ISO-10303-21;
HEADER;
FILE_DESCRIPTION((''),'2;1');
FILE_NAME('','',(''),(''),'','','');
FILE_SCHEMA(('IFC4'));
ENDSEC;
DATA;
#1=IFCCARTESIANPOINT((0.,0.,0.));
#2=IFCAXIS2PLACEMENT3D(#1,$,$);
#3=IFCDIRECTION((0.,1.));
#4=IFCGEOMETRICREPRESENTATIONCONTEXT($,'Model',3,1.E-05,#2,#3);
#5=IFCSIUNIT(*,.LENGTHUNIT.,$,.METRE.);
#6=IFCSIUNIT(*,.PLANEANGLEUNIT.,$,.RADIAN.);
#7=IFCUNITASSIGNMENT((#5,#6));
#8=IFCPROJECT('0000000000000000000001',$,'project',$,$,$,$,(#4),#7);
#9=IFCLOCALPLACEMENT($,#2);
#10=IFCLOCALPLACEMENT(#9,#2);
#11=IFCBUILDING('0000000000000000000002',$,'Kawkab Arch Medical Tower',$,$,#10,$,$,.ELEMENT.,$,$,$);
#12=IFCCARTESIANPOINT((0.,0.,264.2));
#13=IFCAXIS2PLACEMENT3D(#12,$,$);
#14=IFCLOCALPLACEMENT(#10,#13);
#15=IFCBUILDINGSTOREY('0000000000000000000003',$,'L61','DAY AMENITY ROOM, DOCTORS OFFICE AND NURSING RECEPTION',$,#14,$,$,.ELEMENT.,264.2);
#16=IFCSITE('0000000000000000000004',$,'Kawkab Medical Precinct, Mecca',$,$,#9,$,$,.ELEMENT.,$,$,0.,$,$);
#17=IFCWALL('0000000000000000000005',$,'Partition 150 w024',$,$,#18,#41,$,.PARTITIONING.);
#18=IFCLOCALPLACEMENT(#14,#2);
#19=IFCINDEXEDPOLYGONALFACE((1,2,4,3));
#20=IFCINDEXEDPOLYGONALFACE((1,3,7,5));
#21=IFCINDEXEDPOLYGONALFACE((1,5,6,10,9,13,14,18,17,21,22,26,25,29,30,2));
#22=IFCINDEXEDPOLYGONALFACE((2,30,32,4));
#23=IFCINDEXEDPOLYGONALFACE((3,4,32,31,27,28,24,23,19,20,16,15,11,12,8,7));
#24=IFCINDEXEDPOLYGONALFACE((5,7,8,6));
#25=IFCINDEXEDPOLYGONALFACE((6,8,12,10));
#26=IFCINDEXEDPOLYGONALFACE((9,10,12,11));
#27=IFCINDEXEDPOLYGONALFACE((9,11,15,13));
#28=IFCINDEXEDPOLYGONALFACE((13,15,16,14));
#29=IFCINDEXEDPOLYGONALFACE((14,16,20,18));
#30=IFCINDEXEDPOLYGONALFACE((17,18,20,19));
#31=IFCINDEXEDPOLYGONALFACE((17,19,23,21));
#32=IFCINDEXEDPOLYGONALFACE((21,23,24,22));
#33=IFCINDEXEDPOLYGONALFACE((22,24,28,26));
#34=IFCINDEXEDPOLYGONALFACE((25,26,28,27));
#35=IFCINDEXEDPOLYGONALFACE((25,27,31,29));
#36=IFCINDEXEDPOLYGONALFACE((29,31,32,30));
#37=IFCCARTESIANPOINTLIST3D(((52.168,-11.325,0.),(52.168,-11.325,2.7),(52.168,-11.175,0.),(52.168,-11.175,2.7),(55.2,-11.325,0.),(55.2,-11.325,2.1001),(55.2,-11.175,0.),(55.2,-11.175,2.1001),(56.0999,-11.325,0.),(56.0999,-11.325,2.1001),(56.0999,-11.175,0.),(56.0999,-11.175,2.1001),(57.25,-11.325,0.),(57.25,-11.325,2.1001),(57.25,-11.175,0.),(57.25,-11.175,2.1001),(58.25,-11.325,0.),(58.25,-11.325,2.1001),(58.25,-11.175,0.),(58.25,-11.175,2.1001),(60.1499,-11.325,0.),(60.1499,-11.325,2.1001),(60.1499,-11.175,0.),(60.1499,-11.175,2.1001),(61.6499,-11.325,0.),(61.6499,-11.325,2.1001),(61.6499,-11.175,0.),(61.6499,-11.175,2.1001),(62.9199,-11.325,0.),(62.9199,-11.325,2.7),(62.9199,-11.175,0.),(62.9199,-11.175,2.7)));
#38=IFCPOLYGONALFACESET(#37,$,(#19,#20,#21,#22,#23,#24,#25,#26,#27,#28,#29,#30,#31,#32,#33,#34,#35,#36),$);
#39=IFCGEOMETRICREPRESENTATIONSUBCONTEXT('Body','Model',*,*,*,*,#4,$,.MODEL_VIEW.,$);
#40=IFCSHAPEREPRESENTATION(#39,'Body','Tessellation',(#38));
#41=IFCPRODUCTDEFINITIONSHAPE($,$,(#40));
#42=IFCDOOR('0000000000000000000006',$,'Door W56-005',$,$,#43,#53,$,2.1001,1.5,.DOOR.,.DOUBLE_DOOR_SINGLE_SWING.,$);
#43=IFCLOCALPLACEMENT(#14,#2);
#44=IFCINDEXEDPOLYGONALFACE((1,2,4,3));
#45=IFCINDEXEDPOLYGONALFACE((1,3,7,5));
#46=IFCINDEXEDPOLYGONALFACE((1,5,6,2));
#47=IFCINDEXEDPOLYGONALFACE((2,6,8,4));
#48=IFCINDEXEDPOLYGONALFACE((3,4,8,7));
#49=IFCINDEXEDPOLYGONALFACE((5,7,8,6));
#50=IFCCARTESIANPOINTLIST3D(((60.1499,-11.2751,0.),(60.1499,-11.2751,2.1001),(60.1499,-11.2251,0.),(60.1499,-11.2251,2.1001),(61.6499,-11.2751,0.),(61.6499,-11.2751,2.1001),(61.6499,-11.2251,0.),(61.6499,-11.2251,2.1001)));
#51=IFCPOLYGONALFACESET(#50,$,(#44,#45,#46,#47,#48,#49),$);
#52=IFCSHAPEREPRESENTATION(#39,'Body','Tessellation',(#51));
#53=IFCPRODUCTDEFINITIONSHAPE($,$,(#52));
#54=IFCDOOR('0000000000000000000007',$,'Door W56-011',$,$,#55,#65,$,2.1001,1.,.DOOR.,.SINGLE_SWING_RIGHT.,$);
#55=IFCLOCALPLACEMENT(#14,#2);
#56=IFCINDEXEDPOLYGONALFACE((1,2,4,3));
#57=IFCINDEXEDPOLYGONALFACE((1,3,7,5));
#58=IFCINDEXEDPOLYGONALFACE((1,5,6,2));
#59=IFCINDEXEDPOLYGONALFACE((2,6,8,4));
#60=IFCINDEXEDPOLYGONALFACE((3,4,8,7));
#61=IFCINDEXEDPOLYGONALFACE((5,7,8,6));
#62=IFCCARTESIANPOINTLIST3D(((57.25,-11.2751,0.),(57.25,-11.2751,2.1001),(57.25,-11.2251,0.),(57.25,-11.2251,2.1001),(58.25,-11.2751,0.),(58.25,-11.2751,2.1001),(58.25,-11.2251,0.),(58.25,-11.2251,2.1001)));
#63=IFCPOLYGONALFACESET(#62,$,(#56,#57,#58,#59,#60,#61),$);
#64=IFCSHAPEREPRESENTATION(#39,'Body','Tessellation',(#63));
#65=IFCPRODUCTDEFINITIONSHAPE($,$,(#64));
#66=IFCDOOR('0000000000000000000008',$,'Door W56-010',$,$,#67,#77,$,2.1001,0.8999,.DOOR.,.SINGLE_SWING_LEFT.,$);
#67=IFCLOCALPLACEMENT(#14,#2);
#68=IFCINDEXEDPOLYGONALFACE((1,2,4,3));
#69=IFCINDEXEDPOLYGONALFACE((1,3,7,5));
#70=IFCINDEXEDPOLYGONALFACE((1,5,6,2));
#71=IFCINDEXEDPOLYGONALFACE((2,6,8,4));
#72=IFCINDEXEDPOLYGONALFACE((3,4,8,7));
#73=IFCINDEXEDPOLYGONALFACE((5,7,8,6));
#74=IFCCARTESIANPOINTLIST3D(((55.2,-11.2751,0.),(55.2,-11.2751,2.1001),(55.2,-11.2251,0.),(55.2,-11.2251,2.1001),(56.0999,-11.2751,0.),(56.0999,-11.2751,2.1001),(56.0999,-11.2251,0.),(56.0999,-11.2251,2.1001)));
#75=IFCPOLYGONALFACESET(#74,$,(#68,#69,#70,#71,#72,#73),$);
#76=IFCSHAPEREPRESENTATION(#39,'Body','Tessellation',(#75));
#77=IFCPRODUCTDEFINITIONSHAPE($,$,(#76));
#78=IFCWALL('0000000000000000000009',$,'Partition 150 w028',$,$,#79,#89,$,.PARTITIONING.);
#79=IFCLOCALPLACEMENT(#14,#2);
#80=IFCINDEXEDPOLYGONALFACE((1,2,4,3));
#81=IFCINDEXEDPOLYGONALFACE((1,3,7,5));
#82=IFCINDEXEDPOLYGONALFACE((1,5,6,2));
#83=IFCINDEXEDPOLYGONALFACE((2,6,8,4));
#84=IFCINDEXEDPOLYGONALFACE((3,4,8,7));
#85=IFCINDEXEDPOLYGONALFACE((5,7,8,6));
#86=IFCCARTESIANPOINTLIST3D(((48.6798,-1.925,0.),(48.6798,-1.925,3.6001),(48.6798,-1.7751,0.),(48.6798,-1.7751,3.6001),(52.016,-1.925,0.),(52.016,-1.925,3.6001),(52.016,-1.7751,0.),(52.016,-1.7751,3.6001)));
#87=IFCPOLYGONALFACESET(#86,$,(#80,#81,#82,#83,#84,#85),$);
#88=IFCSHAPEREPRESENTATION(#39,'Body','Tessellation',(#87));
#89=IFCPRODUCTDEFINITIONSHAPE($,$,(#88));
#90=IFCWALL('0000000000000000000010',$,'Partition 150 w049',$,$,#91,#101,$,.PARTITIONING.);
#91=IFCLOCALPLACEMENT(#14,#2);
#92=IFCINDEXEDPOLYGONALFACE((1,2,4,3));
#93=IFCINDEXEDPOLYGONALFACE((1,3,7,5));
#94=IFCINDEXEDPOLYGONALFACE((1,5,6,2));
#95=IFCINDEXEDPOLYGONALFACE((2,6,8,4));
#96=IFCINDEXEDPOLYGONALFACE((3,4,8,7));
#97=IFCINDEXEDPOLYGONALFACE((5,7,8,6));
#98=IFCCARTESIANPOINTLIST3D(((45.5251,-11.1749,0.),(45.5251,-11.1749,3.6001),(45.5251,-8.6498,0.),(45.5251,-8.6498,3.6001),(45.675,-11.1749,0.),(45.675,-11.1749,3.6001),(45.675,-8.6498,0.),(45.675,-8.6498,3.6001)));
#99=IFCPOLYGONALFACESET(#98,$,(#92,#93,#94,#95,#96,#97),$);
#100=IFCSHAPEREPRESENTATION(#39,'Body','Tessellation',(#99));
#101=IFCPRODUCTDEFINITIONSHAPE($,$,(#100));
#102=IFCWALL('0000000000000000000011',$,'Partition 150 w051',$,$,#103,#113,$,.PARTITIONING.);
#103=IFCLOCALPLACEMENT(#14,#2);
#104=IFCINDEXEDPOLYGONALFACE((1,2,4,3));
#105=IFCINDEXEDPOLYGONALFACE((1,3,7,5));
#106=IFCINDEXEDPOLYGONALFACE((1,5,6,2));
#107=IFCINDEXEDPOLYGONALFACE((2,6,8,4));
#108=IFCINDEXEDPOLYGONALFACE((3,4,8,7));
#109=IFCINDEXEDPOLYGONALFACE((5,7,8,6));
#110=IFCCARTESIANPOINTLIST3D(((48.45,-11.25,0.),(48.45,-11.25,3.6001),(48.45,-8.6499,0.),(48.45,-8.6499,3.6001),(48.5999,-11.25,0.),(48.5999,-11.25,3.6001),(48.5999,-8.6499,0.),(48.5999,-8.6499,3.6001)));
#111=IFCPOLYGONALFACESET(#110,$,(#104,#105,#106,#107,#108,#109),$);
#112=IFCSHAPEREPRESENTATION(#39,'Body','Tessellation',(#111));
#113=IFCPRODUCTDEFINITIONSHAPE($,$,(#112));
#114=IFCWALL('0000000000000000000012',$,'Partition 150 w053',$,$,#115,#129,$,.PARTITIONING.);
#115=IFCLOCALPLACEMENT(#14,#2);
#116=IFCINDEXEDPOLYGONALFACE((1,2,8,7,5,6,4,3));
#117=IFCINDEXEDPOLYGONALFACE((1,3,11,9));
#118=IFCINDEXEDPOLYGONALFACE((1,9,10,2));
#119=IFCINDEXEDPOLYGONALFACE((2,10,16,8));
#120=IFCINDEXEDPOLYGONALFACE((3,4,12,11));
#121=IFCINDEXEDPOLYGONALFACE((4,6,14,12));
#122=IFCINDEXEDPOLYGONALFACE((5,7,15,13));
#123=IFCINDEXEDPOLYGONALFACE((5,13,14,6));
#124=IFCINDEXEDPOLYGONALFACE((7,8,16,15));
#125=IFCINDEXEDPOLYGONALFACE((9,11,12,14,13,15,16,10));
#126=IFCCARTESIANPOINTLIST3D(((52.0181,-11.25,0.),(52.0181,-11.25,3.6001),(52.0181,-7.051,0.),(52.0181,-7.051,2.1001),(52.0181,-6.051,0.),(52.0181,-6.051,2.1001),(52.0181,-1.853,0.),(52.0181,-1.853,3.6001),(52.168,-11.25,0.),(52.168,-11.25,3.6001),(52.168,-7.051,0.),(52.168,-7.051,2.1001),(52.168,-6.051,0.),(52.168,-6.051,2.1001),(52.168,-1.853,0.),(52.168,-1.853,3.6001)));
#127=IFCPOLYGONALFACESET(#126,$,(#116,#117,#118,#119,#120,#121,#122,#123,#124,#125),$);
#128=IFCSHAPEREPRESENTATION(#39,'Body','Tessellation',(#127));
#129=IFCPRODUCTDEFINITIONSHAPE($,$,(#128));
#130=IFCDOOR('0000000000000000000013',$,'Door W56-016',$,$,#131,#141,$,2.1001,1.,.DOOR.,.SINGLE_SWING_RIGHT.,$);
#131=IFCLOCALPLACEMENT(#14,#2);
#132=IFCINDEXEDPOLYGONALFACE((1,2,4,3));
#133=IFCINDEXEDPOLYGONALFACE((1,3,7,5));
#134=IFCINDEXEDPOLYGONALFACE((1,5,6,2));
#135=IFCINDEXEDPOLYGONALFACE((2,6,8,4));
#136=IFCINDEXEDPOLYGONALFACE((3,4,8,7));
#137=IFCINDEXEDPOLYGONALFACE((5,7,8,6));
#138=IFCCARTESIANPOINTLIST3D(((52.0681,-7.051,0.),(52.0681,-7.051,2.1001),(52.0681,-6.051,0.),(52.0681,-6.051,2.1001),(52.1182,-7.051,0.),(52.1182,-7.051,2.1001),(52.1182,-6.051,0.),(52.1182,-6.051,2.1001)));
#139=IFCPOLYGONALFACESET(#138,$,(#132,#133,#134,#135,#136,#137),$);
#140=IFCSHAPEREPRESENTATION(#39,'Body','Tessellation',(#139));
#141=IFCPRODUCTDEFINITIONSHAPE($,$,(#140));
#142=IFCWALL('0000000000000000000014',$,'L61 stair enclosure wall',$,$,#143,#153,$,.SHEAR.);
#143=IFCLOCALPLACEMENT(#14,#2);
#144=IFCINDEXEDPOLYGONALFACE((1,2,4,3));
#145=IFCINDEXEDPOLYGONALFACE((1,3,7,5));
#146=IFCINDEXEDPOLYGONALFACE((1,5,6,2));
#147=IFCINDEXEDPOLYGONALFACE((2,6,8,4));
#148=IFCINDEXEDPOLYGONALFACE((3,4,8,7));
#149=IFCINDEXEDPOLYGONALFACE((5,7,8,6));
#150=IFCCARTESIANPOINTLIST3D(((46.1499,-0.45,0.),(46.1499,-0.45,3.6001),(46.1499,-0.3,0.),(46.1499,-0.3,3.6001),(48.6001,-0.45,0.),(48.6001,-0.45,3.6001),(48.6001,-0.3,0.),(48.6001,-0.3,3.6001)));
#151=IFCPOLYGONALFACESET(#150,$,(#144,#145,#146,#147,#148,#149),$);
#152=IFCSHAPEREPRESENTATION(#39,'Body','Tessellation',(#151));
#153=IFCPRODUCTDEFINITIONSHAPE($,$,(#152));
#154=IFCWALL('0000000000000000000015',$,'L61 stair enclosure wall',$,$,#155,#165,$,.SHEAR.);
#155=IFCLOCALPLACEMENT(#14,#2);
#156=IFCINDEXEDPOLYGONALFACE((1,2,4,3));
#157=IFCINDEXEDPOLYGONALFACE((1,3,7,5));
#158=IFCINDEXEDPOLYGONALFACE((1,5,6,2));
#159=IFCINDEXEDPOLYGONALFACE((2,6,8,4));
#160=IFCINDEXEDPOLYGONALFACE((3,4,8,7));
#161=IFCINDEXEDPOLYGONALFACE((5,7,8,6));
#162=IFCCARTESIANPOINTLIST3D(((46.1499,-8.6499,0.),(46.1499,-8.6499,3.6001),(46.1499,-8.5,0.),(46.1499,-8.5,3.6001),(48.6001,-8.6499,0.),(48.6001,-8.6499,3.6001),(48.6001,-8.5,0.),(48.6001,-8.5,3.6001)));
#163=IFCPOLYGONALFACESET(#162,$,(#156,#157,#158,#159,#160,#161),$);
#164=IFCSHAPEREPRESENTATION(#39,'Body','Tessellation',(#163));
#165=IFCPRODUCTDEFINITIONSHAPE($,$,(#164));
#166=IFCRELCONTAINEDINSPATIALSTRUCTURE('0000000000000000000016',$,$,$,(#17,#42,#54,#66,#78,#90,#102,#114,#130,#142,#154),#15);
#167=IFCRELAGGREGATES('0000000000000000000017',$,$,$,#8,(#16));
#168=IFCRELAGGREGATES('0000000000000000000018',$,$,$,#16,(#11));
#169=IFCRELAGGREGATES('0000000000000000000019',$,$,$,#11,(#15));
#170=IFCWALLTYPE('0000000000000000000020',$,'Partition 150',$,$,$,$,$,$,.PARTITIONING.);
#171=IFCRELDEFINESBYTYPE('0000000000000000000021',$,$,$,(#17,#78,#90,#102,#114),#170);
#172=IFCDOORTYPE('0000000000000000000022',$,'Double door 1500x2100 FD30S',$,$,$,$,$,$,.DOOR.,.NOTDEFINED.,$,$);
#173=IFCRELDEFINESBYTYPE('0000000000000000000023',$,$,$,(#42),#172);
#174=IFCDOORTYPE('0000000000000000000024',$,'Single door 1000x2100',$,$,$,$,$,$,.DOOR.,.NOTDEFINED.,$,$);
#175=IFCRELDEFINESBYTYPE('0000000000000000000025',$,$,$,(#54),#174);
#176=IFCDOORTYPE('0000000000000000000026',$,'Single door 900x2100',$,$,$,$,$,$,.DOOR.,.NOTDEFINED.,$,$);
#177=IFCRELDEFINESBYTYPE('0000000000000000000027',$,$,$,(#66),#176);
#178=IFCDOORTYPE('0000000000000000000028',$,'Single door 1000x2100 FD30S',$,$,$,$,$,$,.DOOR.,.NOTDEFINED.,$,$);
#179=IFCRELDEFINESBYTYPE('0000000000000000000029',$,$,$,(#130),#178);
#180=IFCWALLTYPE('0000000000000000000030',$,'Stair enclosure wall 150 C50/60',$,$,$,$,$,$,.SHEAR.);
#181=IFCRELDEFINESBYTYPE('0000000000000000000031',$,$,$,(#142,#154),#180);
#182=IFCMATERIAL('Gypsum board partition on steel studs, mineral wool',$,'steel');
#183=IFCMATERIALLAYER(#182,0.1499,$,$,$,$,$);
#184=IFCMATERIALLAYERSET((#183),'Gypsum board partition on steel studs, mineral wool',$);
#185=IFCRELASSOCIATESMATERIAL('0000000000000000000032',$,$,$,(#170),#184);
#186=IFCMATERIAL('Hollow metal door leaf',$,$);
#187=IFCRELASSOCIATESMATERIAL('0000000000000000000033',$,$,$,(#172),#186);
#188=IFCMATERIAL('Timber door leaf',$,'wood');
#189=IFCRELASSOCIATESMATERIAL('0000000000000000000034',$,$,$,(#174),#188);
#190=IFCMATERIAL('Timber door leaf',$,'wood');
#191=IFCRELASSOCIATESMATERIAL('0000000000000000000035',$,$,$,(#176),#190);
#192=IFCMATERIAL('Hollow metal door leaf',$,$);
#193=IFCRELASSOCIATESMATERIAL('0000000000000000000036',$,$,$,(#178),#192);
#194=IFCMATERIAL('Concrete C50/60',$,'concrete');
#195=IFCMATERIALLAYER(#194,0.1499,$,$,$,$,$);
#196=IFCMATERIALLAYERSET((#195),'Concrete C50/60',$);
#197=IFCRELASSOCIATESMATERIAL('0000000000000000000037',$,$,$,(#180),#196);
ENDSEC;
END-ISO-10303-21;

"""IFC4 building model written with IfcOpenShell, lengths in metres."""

from ifc_helpers import new_model, si_unit, direction, frame, frame_2d, origin, place, context, subcontext, project, spatial, rectangle, extrude, material, layer, layer_set, type_object, element, fill, save


model = new_model("IFC4")

# Units and contexts
model_context = context("Model", 3, precision=1e-05, world=origin(), true_north=direction((0.0, 1.0)))
body_context = subcontext(model_context, "Body", "Model", "MODEL_VIEW")
ifc_project = project(units=[si_unit("LENGTHUNIT", "METRE"), si_unit("PLANEANGLEUNIT", "RADIAN")], contexts=[model_context])

# Site, building, storey
site_placement = place(None, origin())
site = spatial("IfcSite", under=ifc_project, at=site_placement, Name="Kawkab Medical Precinct, Mecca", CompositionType="ELEMENT", RefElevation=0.0)
building_placement = place(site_placement, origin())
building = spatial("IfcBuilding", under=site, at=building_placement, Name="Kawkab Arch Medical Tower", CompositionType="ELEMENT")
storey_placement = place(building_placement, frame((0.0, 0.0, 264.2)))
storey = spatial("IfcBuildingStorey", under=building, at=storey_placement, Name="L61", Description="DAY AMENITY ROOM, DOCTORS OFFICE AND NURSING RECEPTION", CompositionType="ELEMENT", Elevation=264.2)

# Wall, openings, doors
ifc_material_1 = material(Name="Gypsum board partition on steel studs, mineral wool", Category="steel")
ifc_layer_1 = layer(ifc_material_1, 0.1499)
ifc_layer_set_1 = layer_set([ifc_layer_1], Name="Gypsum board partition on steel studs, mineral wool")
wall_type_1 = type_object("IfcWallType", Name="Partition 150", PredefinedType="PARTITIONING", material=ifc_layer_set_1)
wall_1_placement = place(storey_placement, frame((52.168, -11.25, 0.0), z_axis=(0.0, 0.0, 1.0), x_axis=(1.0, 0.0, 0.0)))
wall_1 = element("IfcWall", 1, at=wall_1_placement, inside=storey, type_object=wall_type_1, Name="Partition 150 w024", PredefinedType="PARTITIONING", context=body_context, shape_type="SweptSolid", body=[
    extrude(rectangle(XDim=10.752, YDim=0.1499, at=frame_2d((5.376, 0.0))), origin(), (0.0, 0.0, 1.0), 2.7),
])
opening_1_placement = place(wall_1_placement, frame((3.032, 0.0, 0.0)))
opening_1 = element("IfcOpeningElement", 2, at=opening_1_placement, cuts=wall_1, PredefinedType="OPENING", context=body_context, shape_type="SweptSolid", body=[
    extrude(rectangle(XDim=0.8999, YDim=2.1001, at=frame_2d((0.45, 1.05))), frame((0.0, 0.085, 0.0), z_axis=(0.0, -1.0, 0.0), x_axis=(1.0, 0.0, 0.0)), (0.0, 0.0, 1.0), 0.1699),
])
opening_2_placement = place(wall_1_placement, frame((5.082, 0.0, 0.0)))
opening_2 = element("IfcOpeningElement", 3, at=opening_2_placement, cuts=wall_1, PredefinedType="OPENING", context=body_context, shape_type="SweptSolid", body=[
    extrude(rectangle(XDim=1.0, YDim=2.1001, at=frame_2d((0.5, 1.05))), frame((0.0, 0.085, 0.0), z_axis=(0.0, -1.0, 0.0), x_axis=(1.0, 0.0, 0.0)), (0.0, 0.0, 1.0), 0.1699),
])
opening_3_placement = place(wall_1_placement, frame((7.9819, 0.0, 0.0)))
opening_3 = element("IfcOpeningElement", 4, at=opening_3_placement, cuts=wall_1, PredefinedType="OPENING", context=body_context, shape_type="SweptSolid", body=[
    extrude(rectangle(XDim=1.5, YDim=2.1001, at=frame_2d((0.75, 1.05))), frame((0.0, 0.085, 0.0), z_axis=(0.0, -1.0, 0.0), x_axis=(1.0, 0.0, 0.0)), (0.0, 0.0, 1.0), 0.1699),
])
ifc_material_2 = material(Name="Hollow metal door leaf")
door_type_1 = type_object("IfcDoorType", Name="Double door 1500x2100 FD30S", OperationType="NOTDEFINED", PredefinedType="DOOR", material=ifc_material_2)
door_1_placement = place(opening_3_placement, origin())
door_1 = element("IfcDoor", 5, at=door_1_placement, inside=storey, type_object=door_type_1, Name="Door W56-005", OperationType="DOUBLE_DOOR_SINGLE_SWING", OverallHeight=2.1001, OverallWidth=1.5, PredefinedType="DOOR", context=body_context, shape_type="SweptSolid", body=[
    extrude(rectangle(XDim=1.5, YDim=2.1001, at=frame_2d((0.75, 1.05))), frame((0.0, 0.0249, 0.0), z_axis=(0.0, -1.0, 0.0), x_axis=(1.0, 0.0, 0.0)), (0.0, 0.0, 1.0), 0.05),
])
fill(opening_3, door_1)
ifc_material_3 = material(Name="Timber door leaf", Category="wood")
door_type_2 = type_object("IfcDoorType", Name="Single door 1000x2100", OperationType="NOTDEFINED", PredefinedType="DOOR", material=ifc_material_3)
door_2_placement = place(opening_2_placement, origin())
door_2 = element("IfcDoor", 6, at=door_2_placement, inside=storey, type_object=door_type_2, Name="Door W56-011", OperationType="SINGLE_SWING_RIGHT", OverallHeight=2.1001, OverallWidth=1.0, PredefinedType="DOOR", context=body_context, shape_type="SweptSolid", body=[
    extrude(rectangle(XDim=1.0, YDim=2.1001, at=frame_2d((0.5, 1.05))), frame((0.0, 0.0249, 0.0), z_axis=(0.0, -1.0, 0.0), x_axis=(1.0, 0.0, 0.0)), (0.0, 0.0, 1.0), 0.05),
])
fill(opening_2, door_2)
ifc_material_4 = material(Name="Timber door leaf", Category="wood")
door_type_3 = type_object("IfcDoorType", Name="Single door 900x2100", OperationType="NOTDEFINED", PredefinedType="DOOR", material=ifc_material_4)
door_3_placement = place(opening_1_placement, origin())
door_3 = element("IfcDoor", 7, at=door_3_placement, inside=storey, type_object=door_type_3, Name="Door W56-010", OperationType="SINGLE_SWING_LEFT", OverallHeight=2.1001, OverallWidth=0.8999, PredefinedType="DOOR", context=body_context, shape_type="SweptSolid", body=[
    extrude(rectangle(XDim=0.8999, YDim=2.1001, at=frame_2d((0.45, 1.05))), frame((0.0, 0.0249, 0.0), z_axis=(0.0, -1.0, 0.0), x_axis=(1.0, 0.0, 0.0)), (0.0, 0.0, 1.0), 0.05),
])
fill(opening_1, door_3)

# Walls
wall_2_placement = place(storey_placement, frame((48.6799, -1.8501, 0.0), z_axis=(0.0, 0.0, 1.0), x_axis=(1.0, 0.0, 0.0)))
element("IfcWall", 8, at=wall_2_placement, inside=storey, type_object=wall_type_1, Name="Partition 150 w028", PredefinedType="PARTITIONING", context=body_context, shape_type="SweptSolid", body=[
    extrude(rectangle(XDim=3.3362, YDim=0.1499, at=frame_2d((1.668, 0.0))), origin(), (0.0, 0.0, 1.0), 3.6001),
])
wall_3_placement = place(storey_placement, frame((45.6001, -11.175, 0.0), z_axis=(0.0, 0.0, 1.0), x_axis=(0.0, 1.0, 0.0)))
element("IfcWall", 9, at=wall_3_placement, inside=storey, type_object=wall_type_1, Name="Partition 150 w049", PredefinedType="PARTITIONING", context=body_context, shape_type="SweptSolid", body=[
    extrude(rectangle(XDim=2.5251, YDim=0.1499, at=frame_2d((1.2627, 0.0))), origin(), (0.0, 0.0, 1.0), 3.6001),
])
wall_4_placement = place(storey_placement, frame((48.5249, -11.25, 0.0), z_axis=(0.0, 0.0, 1.0), x_axis=(0.0, 1.0, 0.0)))
element("IfcWall", 10, at=wall_4_placement, inside=storey, type_object=wall_type_1, Name="Partition 150 w051", PredefinedType="PARTITIONING", context=body_context, shape_type="SweptSolid", body=[
    extrude(rectangle(XDim=2.6001, YDim=0.1499, at=frame_2d((1.3, 0.0))), origin(), (0.0, 0.0, 1.0), 3.6001),
])

# Wall, opening, door
wall_5_placement = place(storey_placement, frame((52.093, -11.25, 0.0), z_axis=(0.0, 0.0, 1.0), x_axis=(0.0, 1.0, 0.0)))
wall_5 = element("IfcWall", 11, at=wall_5_placement, inside=storey, type_object=wall_type_1, Name="Partition 150 w053", PredefinedType="PARTITIONING", context=body_context, shape_type="SweptSolid", body=[
    extrude(rectangle(XDim=9.397, YDim=0.1499, at=frame_2d((4.6985, 0.0))), origin(), (0.0, 0.0, 1.0), 3.6001),
])
opening_4_placement = place(wall_5_placement, frame((4.199, 0.0, 0.0)))
opening_4 = element("IfcOpeningElement", 12, at=opening_4_placement, cuts=wall_5, PredefinedType="OPENING", context=body_context, shape_type="SweptSolid", body=[
    extrude(rectangle(XDim=1.0, YDim=2.1001, at=frame_2d((0.5, 1.05))), frame((0.0, 0.085, 0.0), z_axis=(0.0, -1.0, 0.0), x_axis=(1.0, 0.0, 0.0)), (0.0, 0.0, 1.0), 0.1699),
])
ifc_material_5 = material(Name="Hollow metal door leaf")
door_type_4 = type_object("IfcDoorType", Name="Single door 1000x2100 FD30S", OperationType="NOTDEFINED", PredefinedType="DOOR", material=ifc_material_5)
door_4_placement = place(opening_4_placement, origin())
door_4 = element("IfcDoor", 13, at=door_4_placement, inside=storey, type_object=door_type_4, Name="Door W56-016", OperationType="SINGLE_SWING_RIGHT", OverallHeight=2.1001, OverallWidth=1.0, PredefinedType="DOOR", context=body_context, shape_type="SweptSolid", body=[
    extrude(rectangle(XDim=1.0, YDim=2.1001, at=frame_2d((0.5, 1.05))), frame((0.0, 0.0249, 0.0), z_axis=(0.0, -1.0, 0.0), x_axis=(1.0, 0.0, 0.0)), (0.0, 0.0, 1.0), 0.05),
])
fill(opening_4, door_4)

# Walls
ifc_material_6 = material(Name="Concrete C50/60", Category="concrete")
ifc_layer_2 = layer(ifc_material_6, 0.1499)
ifc_layer_set_2 = layer_set([ifc_layer_2], Name="Concrete C50/60")
wall_type_2 = type_object("IfcWallType", Name="Stair enclosure wall 150 C50/60", PredefinedType="SHEAR", material=ifc_layer_set_2)
for number, where, z_axis, x_axis, name in (
    (14, (46.1499, -0.375, 0.0), (0.0, 0.0, 1.0), (1.0, 0.0, 0.0), "L61 stair enclosure wall"),
    (15, (46.1499, -8.575, 0.0), (0.0, 0.0, 1.0), (1.0, 0.0, 0.0), "L61 stair enclosure wall"),
):
    element("IfcWall", number, at=place(storey_placement, frame(where, z_axis=z_axis, x_axis=x_axis)), inside=storey, type_object=wall_type_2, Name=name, PredefinedType="SHEAR", context=body_context, shape_type="SweptSolid", body=[
        extrude(rectangle(XDim=2.4502, YDim=0.1499, at=frame_2d((1.2251, 0.0))), origin(), (0.0, 0.0, 1.0), 3.6001),
    ])

save(model, "model.ifc")
